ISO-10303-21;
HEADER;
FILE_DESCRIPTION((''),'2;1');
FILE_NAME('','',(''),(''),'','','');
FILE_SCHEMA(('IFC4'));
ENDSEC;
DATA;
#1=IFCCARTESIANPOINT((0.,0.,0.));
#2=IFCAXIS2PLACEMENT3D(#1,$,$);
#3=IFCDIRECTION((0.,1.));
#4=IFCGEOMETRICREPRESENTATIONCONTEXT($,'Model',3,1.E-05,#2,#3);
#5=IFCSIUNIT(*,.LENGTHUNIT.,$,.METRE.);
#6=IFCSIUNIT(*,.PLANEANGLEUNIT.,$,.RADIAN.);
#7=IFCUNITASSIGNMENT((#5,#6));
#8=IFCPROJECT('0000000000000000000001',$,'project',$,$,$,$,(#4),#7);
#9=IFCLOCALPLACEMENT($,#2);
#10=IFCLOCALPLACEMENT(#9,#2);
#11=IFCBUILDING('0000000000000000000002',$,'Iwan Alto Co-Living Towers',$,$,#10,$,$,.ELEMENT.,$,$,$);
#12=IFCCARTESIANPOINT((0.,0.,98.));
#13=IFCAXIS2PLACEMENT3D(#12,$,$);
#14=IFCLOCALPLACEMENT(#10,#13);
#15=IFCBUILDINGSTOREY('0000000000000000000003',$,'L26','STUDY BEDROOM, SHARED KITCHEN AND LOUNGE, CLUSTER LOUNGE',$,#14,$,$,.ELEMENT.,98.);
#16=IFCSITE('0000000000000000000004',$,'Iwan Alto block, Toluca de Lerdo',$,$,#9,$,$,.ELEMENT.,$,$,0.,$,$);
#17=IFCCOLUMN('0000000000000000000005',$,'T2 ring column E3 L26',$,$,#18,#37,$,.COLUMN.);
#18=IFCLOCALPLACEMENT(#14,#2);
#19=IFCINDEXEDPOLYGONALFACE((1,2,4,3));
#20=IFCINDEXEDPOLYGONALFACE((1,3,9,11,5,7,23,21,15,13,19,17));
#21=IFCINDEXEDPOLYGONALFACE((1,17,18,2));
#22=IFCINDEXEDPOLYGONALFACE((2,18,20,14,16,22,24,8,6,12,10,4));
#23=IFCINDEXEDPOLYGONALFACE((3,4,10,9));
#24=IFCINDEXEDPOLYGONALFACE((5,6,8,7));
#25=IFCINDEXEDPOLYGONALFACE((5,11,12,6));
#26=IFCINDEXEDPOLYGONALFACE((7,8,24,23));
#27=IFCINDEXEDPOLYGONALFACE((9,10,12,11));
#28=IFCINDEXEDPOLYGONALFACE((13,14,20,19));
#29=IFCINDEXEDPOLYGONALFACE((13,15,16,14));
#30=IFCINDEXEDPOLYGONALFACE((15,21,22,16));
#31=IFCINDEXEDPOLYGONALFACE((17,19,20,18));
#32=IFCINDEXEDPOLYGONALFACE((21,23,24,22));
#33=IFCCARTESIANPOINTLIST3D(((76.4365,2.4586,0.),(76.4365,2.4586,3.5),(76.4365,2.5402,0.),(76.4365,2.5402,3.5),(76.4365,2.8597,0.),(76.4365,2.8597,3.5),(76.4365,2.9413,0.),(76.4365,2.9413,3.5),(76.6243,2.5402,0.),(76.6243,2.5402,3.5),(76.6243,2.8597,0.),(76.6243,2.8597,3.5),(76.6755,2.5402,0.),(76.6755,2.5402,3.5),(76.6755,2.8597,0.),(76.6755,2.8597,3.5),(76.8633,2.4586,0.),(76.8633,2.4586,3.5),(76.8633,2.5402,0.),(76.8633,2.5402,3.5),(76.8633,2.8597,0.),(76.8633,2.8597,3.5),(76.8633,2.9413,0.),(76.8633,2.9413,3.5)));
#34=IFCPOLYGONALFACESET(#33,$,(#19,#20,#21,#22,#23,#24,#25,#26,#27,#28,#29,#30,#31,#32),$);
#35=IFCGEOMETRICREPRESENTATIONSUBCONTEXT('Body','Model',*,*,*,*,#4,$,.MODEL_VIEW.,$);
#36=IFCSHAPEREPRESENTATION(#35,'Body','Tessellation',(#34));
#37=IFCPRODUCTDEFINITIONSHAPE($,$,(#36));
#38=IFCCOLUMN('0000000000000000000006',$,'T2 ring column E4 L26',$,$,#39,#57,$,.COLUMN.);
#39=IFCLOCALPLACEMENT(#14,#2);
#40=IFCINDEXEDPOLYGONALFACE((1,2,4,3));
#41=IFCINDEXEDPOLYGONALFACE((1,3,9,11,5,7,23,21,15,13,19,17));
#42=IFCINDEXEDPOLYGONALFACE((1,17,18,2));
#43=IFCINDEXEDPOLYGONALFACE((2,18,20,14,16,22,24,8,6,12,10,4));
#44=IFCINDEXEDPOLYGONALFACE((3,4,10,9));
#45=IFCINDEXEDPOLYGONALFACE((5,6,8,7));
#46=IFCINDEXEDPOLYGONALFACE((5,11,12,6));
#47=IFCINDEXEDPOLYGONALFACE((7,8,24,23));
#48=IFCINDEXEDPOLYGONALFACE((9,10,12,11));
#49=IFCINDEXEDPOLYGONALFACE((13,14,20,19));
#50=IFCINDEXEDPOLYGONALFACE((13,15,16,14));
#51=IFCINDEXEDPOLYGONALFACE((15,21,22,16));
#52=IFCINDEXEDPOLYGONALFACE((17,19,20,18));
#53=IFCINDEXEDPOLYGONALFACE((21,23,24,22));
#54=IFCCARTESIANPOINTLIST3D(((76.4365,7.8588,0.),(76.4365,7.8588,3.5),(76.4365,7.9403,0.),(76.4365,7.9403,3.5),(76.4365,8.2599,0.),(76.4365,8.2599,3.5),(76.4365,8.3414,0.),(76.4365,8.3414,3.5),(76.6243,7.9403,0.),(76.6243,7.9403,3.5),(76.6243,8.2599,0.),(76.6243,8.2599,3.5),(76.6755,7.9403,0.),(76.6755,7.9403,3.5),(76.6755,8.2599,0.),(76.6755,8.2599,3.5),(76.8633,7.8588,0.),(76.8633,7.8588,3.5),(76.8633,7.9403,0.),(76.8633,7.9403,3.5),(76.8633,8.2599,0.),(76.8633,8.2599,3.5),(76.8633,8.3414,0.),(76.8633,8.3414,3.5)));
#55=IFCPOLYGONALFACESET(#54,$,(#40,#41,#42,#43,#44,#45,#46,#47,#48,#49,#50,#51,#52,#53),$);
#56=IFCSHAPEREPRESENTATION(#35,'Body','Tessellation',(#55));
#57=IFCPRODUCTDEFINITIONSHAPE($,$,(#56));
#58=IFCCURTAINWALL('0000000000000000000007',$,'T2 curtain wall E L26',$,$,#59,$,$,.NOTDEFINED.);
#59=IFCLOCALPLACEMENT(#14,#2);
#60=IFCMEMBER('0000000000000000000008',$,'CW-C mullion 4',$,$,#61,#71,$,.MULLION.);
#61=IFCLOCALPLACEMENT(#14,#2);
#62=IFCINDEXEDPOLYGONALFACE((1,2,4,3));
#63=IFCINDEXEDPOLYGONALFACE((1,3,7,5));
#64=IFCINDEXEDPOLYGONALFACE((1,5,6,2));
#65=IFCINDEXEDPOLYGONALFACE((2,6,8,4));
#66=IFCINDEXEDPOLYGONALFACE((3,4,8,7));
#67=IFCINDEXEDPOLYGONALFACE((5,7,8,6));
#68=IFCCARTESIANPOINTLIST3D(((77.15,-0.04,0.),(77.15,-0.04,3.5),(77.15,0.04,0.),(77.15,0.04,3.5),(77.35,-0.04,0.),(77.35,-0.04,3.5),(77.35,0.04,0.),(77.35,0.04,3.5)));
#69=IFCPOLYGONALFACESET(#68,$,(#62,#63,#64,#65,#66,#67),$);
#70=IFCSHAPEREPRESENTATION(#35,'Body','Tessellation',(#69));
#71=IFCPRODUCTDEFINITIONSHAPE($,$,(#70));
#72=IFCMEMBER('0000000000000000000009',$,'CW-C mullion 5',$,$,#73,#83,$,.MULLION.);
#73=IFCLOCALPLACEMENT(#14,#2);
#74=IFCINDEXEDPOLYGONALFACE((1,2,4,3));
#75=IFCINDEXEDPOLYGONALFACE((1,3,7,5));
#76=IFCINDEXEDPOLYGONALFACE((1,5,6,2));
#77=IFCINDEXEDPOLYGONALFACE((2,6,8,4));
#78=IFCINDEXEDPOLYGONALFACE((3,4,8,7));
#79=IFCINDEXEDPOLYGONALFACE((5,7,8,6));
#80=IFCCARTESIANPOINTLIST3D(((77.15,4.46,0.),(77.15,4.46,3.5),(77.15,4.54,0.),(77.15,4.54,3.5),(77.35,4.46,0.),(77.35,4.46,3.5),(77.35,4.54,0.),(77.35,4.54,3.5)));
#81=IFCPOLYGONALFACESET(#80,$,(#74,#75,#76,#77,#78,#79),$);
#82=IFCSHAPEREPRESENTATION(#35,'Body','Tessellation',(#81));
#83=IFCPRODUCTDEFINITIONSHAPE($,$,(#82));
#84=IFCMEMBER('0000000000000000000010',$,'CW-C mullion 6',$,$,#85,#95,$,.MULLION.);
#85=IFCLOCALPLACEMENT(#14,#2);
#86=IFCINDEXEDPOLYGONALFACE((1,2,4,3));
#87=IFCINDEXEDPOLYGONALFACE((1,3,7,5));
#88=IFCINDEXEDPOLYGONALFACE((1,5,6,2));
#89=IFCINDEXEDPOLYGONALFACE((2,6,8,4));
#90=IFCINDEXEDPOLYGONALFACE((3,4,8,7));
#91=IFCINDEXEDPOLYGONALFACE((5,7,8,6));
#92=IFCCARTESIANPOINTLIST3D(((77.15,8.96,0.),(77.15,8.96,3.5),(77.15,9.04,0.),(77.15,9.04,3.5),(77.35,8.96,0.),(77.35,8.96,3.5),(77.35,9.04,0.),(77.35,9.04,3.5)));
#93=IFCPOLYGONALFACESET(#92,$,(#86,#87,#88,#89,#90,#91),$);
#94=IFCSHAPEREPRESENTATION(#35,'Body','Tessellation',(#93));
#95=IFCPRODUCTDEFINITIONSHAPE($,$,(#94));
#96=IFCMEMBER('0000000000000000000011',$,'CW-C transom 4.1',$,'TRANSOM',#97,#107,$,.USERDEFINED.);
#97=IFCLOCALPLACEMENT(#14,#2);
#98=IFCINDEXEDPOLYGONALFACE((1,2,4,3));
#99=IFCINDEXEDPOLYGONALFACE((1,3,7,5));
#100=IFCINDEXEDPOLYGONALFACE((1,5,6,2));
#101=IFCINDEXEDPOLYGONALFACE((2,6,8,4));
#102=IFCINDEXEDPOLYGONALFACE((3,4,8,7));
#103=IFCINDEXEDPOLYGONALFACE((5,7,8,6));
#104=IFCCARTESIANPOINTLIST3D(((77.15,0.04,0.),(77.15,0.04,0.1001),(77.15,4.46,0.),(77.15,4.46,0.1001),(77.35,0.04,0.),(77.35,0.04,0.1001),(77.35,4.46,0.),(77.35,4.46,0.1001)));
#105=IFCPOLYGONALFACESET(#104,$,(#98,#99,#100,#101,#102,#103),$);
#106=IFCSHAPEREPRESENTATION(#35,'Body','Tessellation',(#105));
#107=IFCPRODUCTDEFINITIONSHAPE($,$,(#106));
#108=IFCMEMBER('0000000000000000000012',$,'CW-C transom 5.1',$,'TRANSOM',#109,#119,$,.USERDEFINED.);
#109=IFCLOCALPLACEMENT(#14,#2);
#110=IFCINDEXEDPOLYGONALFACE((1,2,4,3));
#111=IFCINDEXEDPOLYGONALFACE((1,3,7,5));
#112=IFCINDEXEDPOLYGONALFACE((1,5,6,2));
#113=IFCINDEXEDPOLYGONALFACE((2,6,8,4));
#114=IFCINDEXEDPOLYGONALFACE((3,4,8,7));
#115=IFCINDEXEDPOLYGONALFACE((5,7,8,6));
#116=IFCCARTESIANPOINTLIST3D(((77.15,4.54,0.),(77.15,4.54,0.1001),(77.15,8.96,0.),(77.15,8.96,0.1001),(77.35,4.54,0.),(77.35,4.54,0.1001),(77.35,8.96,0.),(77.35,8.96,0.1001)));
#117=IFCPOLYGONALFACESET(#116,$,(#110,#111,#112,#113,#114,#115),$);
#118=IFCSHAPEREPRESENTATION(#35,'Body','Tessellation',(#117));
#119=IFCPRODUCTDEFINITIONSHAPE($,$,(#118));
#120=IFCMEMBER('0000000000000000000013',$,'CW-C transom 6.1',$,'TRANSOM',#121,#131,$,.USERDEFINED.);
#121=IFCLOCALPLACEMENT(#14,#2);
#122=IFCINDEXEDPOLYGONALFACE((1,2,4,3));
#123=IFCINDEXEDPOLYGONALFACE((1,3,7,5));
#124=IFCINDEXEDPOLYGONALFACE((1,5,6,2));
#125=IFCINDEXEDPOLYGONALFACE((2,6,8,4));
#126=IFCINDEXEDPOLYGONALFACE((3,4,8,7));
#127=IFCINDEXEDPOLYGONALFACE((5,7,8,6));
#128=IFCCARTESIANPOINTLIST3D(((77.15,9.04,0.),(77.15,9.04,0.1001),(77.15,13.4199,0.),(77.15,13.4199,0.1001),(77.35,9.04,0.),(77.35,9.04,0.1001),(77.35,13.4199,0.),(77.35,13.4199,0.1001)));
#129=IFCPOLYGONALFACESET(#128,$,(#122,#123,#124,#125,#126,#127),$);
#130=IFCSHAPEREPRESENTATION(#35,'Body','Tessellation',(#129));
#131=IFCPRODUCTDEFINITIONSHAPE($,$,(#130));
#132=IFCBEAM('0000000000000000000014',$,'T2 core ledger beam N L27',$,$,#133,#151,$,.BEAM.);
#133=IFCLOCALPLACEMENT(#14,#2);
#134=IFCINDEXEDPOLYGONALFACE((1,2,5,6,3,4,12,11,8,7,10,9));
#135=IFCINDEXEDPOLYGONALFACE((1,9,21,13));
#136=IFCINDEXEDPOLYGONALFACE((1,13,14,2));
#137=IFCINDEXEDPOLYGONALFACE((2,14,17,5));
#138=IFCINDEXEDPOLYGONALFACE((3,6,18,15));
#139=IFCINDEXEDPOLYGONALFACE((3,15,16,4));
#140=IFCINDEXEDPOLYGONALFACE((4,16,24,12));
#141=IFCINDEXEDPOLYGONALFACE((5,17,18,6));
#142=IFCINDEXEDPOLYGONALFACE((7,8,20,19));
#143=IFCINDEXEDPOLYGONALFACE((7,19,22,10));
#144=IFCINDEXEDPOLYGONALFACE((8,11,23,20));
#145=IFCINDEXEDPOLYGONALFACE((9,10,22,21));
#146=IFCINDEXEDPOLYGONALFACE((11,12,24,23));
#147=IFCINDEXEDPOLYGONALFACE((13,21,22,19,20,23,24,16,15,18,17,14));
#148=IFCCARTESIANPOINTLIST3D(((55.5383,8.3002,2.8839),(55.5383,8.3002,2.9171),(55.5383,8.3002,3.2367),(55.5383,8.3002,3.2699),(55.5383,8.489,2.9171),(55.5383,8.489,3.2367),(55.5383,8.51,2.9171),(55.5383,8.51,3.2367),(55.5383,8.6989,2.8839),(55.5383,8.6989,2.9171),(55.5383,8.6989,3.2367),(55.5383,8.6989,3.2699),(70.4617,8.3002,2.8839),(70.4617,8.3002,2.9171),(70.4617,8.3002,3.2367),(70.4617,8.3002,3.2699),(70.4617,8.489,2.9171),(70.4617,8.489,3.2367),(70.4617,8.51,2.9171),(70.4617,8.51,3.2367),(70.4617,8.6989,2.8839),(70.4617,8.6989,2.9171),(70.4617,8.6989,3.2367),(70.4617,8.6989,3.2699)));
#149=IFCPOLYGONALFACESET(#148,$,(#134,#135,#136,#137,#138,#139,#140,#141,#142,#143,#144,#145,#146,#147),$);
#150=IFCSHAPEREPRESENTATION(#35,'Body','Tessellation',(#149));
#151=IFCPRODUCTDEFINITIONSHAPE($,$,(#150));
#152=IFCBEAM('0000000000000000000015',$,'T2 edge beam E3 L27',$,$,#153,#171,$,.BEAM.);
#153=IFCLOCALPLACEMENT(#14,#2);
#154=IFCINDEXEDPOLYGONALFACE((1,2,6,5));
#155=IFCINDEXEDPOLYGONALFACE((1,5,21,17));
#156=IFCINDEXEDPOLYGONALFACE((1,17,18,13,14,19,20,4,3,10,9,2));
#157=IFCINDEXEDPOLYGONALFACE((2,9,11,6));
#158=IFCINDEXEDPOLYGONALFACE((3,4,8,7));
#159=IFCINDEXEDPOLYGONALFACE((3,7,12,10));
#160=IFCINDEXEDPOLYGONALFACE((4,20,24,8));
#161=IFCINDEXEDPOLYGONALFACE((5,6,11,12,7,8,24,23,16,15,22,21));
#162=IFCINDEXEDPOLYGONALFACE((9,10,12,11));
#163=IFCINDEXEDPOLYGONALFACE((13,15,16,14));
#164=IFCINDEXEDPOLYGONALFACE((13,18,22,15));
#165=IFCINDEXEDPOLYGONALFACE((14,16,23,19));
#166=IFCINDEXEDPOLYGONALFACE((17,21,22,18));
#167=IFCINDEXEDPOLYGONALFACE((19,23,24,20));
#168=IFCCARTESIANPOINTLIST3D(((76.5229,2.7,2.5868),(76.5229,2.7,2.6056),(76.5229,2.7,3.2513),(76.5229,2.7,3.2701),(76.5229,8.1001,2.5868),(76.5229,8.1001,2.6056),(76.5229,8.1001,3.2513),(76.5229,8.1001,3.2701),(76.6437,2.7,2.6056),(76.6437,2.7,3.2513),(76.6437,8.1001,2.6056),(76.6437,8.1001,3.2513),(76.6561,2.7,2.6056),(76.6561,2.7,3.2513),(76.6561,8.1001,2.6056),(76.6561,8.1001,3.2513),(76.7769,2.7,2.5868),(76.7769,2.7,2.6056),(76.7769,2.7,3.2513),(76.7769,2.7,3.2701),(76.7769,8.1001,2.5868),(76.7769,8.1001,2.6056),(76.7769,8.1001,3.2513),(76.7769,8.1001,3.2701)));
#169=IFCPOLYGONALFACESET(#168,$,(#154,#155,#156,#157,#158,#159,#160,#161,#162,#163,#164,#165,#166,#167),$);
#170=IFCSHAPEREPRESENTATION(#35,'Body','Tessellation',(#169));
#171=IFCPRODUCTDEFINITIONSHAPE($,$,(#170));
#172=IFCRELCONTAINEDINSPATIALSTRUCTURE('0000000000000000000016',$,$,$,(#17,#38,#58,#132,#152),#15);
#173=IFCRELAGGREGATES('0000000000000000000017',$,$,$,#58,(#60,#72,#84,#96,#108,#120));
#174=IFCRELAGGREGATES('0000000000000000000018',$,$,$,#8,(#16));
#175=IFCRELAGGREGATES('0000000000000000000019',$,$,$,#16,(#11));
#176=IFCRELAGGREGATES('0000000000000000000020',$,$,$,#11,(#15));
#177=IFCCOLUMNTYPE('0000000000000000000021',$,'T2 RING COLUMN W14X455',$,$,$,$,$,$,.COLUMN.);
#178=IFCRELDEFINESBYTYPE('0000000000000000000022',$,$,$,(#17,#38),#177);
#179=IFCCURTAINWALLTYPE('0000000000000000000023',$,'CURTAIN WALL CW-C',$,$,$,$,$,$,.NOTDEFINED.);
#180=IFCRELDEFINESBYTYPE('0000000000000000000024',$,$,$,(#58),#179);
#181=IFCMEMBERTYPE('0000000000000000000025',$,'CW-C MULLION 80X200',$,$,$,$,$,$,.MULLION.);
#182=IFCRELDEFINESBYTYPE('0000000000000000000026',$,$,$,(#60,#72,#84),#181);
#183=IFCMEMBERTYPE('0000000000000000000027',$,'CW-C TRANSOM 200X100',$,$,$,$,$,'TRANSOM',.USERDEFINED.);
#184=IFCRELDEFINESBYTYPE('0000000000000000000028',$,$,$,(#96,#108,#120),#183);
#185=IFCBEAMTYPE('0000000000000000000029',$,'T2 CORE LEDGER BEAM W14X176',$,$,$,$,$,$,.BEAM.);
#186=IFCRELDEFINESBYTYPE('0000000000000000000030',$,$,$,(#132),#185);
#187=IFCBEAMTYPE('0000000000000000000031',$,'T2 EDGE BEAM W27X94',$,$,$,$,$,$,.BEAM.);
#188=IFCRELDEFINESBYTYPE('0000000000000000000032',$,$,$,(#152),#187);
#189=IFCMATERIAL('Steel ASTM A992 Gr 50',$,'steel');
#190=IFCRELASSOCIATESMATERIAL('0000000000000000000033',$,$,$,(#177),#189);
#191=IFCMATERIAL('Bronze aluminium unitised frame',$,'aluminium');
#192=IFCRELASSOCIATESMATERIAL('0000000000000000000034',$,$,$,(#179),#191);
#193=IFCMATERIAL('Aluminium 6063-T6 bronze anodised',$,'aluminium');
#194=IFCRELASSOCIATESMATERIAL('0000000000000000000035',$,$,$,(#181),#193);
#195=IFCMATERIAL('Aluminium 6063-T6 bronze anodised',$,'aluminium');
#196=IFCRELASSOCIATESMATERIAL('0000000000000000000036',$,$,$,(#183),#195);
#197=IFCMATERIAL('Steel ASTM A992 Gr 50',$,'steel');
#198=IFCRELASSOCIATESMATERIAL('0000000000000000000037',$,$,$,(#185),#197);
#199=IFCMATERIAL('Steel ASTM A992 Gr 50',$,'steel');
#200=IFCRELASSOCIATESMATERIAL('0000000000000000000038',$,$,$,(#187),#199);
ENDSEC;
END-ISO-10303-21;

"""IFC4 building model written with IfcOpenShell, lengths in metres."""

from ifc_helpers import new_model, si_unit, direction, frame, origin, origin_2d, place, context, subcontext, project, spatial, rectangle, i_section, extrude, material, material_profile, profile_set, type_object, element, aggregate, save


model = new_model("IFC4")

# Units and contexts
model_context = context("Model", 3, precision=1e-05, world=origin(), true_north=direction((0.0, 1.0)))
body_context = subcontext(model_context, "Body", "Model", "MODEL_VIEW")
ifc_project = project(units=[si_unit("LENGTHUNIT", "METRE"), si_unit("PLANEANGLEUNIT", "RADIAN")], contexts=[model_context])

# Site, building, storey
site_placement = place(None, origin())
site = spatial("IfcSite", under=ifc_project, at=site_placement, Name="Iwan Alto block, Toluca de Lerdo", CompositionType="ELEMENT", RefElevation=0.0)
building_placement = place(site_placement, origin())
building = spatial("IfcBuilding", under=site, at=building_placement, Name="Iwan Alto Co-Living Towers", CompositionType="ELEMENT")
storey_placement = place(building_placement, frame((0.0, 0.0, 98.0)))
storey = spatial("IfcBuildingStorey", under=building, at=storey_placement, Name="L26", Description="STUDY BEDROOM, SHARED KITCHEN AND LOUNGE, CLUSTER LOUNGE", CompositionType="ELEMENT", Elevation=98.0)

# Columns
ifc_material_1 = material(Name="Steel ASTM A992 Gr 50", Category="steel")
ifc_material_profile_1 = material_profile(ifc_material_1, i_section(OverallWidth=0.4268, OverallDepth=0.4827, WebThickness=0.0513, FlangeThickness=0.0815, at=origin_2d()), Name="W14X455")
ifc_profile_set_1 = profile_set([ifc_material_profile_1], Name="Steel ASTM A992 Gr 50")
column_type = type_object("IfcColumnType", Name="T2 RING COLUMN W14X455", PredefinedType="COLUMN", material=ifc_profile_set_1)
for number, where, z_axis, x_axis, name in (
    (1, (76.6499, 2.7, 0.0), (0.0, 0.0, 1.0), (1.0, 0.0, 0.0), "T2 ring column E3 L26"),
    (2, (76.6499, 8.1001, 0.0), (0.0, 0.0, 1.0), (1.0, 0.0, 0.0), "T2 ring column E4 L26"),
):
    element("IfcColumn", number, at=place(storey_placement, frame(where, z_axis=z_axis, x_axis=x_axis)), inside=storey, type_object=column_type, Name=name, PredefinedType="COLUMN", context=body_context, shape_type="SweptSolid", body=[
        extrude(i_section(OverallWidth=0.4268, OverallDepth=0.4827, WebThickness=0.0513, FlangeThickness=0.0815, at=origin_2d()), origin(), (0.0, 0.0, 1.0), 3.5),
    ])

# Curtain wall, members
ifc_material_2 = material(Name="Bronze aluminium unitised frame", Category="aluminium")
curtain_wall_type = type_object("IfcCurtainWallType", Name="CURTAIN WALL CW-C", PredefinedType="NOTDEFINED", material=ifc_material_2)
curtain_wall_placement = place(storey_placement, origin())
curtain_wall = element("IfcCurtainWall", 3, at=curtain_wall_placement, inside=storey, type_object=curtain_wall_type, Name="T2 curtain wall E L26", PredefinedType="NOTDEFINED")
ifc_material_3 = material(Name="Aluminium 6063-T6 bronze anodised", Category="aluminium")
ifc_material_profile_2 = material_profile(ifc_material_3, rectangle(XDim=0.2, YDim=0.0801, at=origin_2d()), Name="AL 80X200")
ifc_profile_set_2 = profile_set([ifc_material_profile_2], Name="Aluminium 6063-T6 bronze anodised")
member_type_1 = type_object("IfcMemberType", Name="CW-C MULLION 80X200", PredefinedType="MULLION", material=ifc_profile_set_2)
member_1_placement = place(storey_placement, frame((77.25, 0.0, 0.0), z_axis=(0.0, 0.0, 1.0), x_axis=(-1.0, 0.0, 0.0)))
member_1 = element("IfcMember", 4, at=member_1_placement, type_object=member_type_1, Name="CW-C mullion 4", PredefinedType="MULLION", context=body_context, shape_type="SweptSolid", body=[
    extrude(rectangle(XDim=0.2, YDim=0.0801, at=origin_2d()), origin(), (0.0, 0.0, 1.0), 3.5),
])
member_2_placement = place(storey_placement, frame((77.25, 4.5, 0.0), z_axis=(0.0, 0.0, 1.0), x_axis=(-1.0, 0.0, 0.0)))
member_2 = element("IfcMember", 5, at=member_2_placement, type_object=member_type_1, Name="CW-C mullion 5", PredefinedType="MULLION", context=body_context, shape_type="SweptSolid", body=[
    extrude(rectangle(XDim=0.2, YDim=0.0801, at=origin_2d()), origin(), (0.0, 0.0, 1.0), 3.5),
])
member_3_placement = place(storey_placement, frame((77.25, 9.0, 0.0), z_axis=(0.0, 0.0, 1.0), x_axis=(-1.0, 0.0, 0.0)))
member_3 = element("IfcMember", 6, at=member_3_placement, type_object=member_type_1, Name="CW-C mullion 6", PredefinedType="MULLION", context=body_context, shape_type="SweptSolid", body=[
    extrude(rectangle(XDim=0.2, YDim=0.0801, at=origin_2d()), origin(), (0.0, 0.0, 1.0), 3.5),
])
ifc_material_4 = material(Name="Aluminium 6063-T6 bronze anodised", Category="aluminium")
ifc_material_profile_3 = material_profile(ifc_material_4, rectangle(XDim=0.2, YDim=0.1001, at=origin_2d()), Name="AL 200X100")
ifc_profile_set_3 = profile_set([ifc_material_profile_3], Name="Aluminium 6063-T6 bronze anodised")
member_type_2 = type_object("IfcMemberType", Name="CW-C TRANSOM 200X100", ElementType="TRANSOM", PredefinedType="USERDEFINED", material=ifc_profile_set_3)
member_4_placement = place(storey_placement, frame((77.25, 0.04, 0.05), z_axis=(0.0, 1.0, 0.0), x_axis=(-1.0, 0.0, 0.0)))
member_4 = element("IfcMember", 7, at=member_4_placement, type_object=member_type_2, Name="CW-C transom 4.1", ObjectType="TRANSOM", PredefinedType="USERDEFINED", context=body_context, shape_type="SweptSolid", body=[
    extrude(rectangle(XDim=0.2, YDim=0.1001, at=origin_2d()), origin(), (0.0, 0.0, 1.0), 4.4199),
])
member_5_placement = place(storey_placement, frame((77.25, 4.54, 0.05), z_axis=(0.0, 1.0, 0.0), x_axis=(-1.0, 0.0, 0.0)))
member_5 = element("IfcMember", 8, at=member_5_placement, type_object=member_type_2, Name="CW-C transom 5.1", ObjectType="TRANSOM", PredefinedType="USERDEFINED", context=body_context, shape_type="SweptSolid", body=[
    extrude(rectangle(XDim=0.2, YDim=0.1001, at=origin_2d()), origin(), (0.0, 0.0, 1.0), 4.4199),
])
member_6_placement = place(storey_placement, frame((77.25, 9.04, 0.05), z_axis=(0.0, 1.0, 0.0), x_axis=(-1.0, 0.0, 0.0)))
member_6 = element("IfcMember", 9, at=member_6_placement, type_object=member_type_2, Name="CW-C transom 6.1", ObjectType="TRANSOM", PredefinedType="USERDEFINED", context=body_context, shape_type="SweptSolid", body=[
    extrude(rectangle(XDim=0.2, YDim=0.1001, at=origin_2d()), origin(), (0.0, 0.0, 1.0), 4.3799),
])

# Beams
ifc_material_5 = material(Name="Steel ASTM A992 Gr 50", Category="steel")
ifc_material_profile_4 = material_profile(ifc_material_5, i_section(OverallWidth=0.3987, OverallDepth=0.386, WebThickness=0.021, FlangeThickness=0.0332, at=origin_2d()), Name="W14X176")
ifc_profile_set_4 = profile_set([ifc_material_profile_4], Name="Steel ASTM A992 Gr 50")
beam_type_1 = type_object("IfcBeamType", Name="T2 CORE LEDGER BEAM W14X176", PredefinedType="BEAM", material=ifc_profile_set_4)
beam_1_placement = place(storey_placement, frame((70.4617, 8.4995, 3.0769), z_axis=(-1.0, 0.0, 0.0), x_axis=(0.0, -1.0, 0.0)))
element("IfcBeam", 10, at=beam_1_placement, inside=storey, type_object=beam_type_1, Name="T2 core ledger beam N L27", PredefinedType="BEAM", context=body_context, shape_type="SweptSolid", body=[
    extrude(i_section(OverallWidth=0.3987, OverallDepth=0.386, WebThickness=0.021, FlangeThickness=0.0332, at=origin_2d()), origin(), (0.0, 0.0, 1.0), 14.9233),
])
ifc_material_6 = material(Name="Steel ASTM A992 Gr 50", Category="steel")
ifc_material_profile_5 = material_profile(ifc_material_6, i_section(OverallWidth=0.2539, OverallDepth=0.6833, WebThickness=0.0125, FlangeThickness=0.0188, at=origin_2d()), Name="W27X94")
ifc_profile_set_5 = profile_set([ifc_material_profile_5], Name="Steel ASTM A992 Gr 50")
beam_type_2 = type_object("IfcBeamType", Name="T2 EDGE BEAM W27X94", PredefinedType="BEAM", material=ifc_profile_set_5)
beam_2_placement = place(storey_placement, frame((76.6499, 2.7, 2.9285), z_axis=(0.0, 1.0, 0.0), x_axis=(-1.0, 0.0, 0.0)))
element("IfcBeam", 11, at=beam_2_placement, inside=storey, type_object=beam_type_2, Name="T2 edge beam E3 L27", PredefinedType="BEAM", context=body_context, shape_type="SweptSolid", body=[
    extrude(i_section(OverallWidth=0.2539, OverallDepth=0.6833, WebThickness=0.0125, FlangeThickness=0.0188, at=origin_2d()), origin(), (0.0, 0.0, 1.0), 5.4001),
])

aggregate(curtain_wall, [member_1, member_2, member_3, member_4, member_5, member_6])

save(model, "model.ifc")
